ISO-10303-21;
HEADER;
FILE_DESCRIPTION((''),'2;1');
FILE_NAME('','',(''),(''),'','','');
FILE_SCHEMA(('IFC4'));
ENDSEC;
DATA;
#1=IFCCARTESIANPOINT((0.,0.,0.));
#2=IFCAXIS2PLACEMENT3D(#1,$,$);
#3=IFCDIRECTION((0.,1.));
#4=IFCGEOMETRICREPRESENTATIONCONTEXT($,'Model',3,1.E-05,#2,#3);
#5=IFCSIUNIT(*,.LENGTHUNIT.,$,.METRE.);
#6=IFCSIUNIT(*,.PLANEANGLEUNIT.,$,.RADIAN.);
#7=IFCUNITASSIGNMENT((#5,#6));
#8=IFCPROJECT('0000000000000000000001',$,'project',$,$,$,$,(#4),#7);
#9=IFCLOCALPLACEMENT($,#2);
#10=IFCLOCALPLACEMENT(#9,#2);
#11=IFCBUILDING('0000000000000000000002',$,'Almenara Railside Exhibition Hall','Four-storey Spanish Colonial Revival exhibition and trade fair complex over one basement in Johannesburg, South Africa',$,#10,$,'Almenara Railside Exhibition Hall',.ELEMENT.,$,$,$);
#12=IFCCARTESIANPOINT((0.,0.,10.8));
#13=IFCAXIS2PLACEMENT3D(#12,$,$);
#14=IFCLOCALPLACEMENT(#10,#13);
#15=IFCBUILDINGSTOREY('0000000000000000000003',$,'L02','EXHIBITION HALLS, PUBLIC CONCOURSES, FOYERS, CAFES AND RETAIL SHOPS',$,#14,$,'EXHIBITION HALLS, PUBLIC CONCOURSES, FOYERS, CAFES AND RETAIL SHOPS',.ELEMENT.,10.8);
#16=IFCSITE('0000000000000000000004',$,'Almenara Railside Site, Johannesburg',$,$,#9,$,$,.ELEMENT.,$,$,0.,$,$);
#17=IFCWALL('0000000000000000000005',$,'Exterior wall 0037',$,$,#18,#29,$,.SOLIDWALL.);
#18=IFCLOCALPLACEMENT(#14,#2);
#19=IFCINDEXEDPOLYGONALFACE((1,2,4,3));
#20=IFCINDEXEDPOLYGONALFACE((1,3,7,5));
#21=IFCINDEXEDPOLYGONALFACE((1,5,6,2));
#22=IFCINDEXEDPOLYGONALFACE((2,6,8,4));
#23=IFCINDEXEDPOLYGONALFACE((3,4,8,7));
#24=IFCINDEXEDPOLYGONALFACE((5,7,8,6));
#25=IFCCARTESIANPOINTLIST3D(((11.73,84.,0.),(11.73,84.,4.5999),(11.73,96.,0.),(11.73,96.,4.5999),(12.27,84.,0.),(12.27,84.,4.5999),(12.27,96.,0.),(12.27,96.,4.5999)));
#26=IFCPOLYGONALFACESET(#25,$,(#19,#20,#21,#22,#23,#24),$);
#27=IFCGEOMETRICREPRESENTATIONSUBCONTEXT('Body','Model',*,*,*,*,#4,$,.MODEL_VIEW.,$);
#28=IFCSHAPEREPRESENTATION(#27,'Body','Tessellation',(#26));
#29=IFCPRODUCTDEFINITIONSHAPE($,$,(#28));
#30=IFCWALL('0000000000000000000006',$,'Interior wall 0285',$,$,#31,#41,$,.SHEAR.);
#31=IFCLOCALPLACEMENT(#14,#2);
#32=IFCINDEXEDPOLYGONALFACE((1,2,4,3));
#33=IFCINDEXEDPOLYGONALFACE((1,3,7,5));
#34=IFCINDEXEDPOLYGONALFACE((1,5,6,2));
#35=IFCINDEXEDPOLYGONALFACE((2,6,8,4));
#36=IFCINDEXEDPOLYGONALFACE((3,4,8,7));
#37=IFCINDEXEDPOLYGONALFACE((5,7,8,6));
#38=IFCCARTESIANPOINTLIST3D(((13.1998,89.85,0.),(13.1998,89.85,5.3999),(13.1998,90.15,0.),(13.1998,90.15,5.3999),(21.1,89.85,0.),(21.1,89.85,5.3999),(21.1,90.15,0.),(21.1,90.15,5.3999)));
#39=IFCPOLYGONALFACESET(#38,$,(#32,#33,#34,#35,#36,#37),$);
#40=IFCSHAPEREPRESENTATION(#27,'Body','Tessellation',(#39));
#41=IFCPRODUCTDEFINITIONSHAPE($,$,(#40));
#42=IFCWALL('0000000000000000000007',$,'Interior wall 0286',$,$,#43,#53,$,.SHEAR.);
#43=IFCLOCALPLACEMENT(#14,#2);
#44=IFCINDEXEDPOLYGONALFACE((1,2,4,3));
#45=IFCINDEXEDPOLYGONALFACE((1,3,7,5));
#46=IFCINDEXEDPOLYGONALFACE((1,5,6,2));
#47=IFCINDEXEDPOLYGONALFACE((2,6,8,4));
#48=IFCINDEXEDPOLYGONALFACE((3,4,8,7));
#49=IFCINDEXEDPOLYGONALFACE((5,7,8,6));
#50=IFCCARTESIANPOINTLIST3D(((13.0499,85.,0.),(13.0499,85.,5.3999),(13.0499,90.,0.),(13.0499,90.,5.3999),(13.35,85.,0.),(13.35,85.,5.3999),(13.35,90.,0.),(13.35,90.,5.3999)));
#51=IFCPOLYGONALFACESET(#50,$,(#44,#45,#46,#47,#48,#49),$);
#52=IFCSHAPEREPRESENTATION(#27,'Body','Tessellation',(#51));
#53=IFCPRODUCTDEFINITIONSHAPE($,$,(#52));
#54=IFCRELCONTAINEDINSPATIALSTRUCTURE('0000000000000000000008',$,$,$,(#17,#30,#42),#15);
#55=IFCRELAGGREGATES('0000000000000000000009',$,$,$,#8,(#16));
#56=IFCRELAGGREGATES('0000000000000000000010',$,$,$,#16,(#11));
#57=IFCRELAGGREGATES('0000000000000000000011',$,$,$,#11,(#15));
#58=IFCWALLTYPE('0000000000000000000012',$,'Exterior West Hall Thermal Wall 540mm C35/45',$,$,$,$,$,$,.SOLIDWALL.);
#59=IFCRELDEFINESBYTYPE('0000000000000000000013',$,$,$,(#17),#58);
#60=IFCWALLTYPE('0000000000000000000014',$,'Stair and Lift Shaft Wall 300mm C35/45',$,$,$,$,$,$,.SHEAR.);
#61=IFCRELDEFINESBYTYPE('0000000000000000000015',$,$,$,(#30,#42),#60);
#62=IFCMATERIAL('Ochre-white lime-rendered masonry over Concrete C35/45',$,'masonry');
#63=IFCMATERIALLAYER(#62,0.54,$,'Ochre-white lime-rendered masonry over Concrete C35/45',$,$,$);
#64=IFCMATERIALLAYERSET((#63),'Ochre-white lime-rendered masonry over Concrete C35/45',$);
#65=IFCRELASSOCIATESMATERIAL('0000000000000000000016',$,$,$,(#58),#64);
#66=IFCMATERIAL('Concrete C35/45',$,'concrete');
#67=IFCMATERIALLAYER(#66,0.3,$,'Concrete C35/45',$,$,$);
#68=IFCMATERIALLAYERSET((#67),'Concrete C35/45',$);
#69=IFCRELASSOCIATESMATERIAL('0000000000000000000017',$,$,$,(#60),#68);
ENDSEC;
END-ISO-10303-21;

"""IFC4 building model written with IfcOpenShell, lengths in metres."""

from ifc_helpers import new_model, si_unit, direction, frame, frame_2d, origin, place, context, subcontext, project, spatial, rectangle, extrude, material, layer, layer_set, type_object, element, save


model = new_model("IFC4")

# Units and contexts
model_context = context("Model", 3, precision=1e-05, world=origin(), true_north=direction((0.0, 1.0)))
body_context = subcontext(model_context, "Body", "Model", "MODEL_VIEW")
ifc_project = project(units=[si_unit("LENGTHUNIT", "METRE"), si_unit("PLANEANGLEUNIT", "RADIAN")], contexts=[model_context])

# Site, building, storey
site_placement = place(None, origin())
site = spatial("IfcSite", under=ifc_project, at=site_placement, Name="Almenara Railside Site, Johannesburg", CompositionType="ELEMENT", RefElevation=0.0)
building_placement = place(site_placement, origin())
building = spatial("IfcBuilding", under=site, at=building_placement, Name="Almenara Railside Exhibition Hall", Description="Four-storey Spanish Colonial Revival exhibition and trade fair complex over one basement in Johannesburg, South Africa", LongName="Almenara Railside Exhibition Hall", CompositionType="ELEMENT")
storey_placement = place(building_placement, frame((0.0, 0.0, 10.8)))
storey = spatial("IfcBuildingStorey", under=building, at=storey_placement, Name="L02", Description="EXHIBITION HALLS, PUBLIC CONCOURSES, FOYERS, CAFES AND RETAIL SHOPS", LongName="EXHIBITION HALLS, PUBLIC CONCOURSES, FOYERS, CAFES AND RETAIL SHOPS", CompositionType="ELEMENT", Elevation=10.8)

# Walls
ifc_material_1 = material(Name="Ochre-white lime-rendered masonry over Concrete C35/45", Category="masonry")
ifc_layer_1 = layer(ifc_material_1, 0.54, Name="Ochre-white lime-rendered masonry over Concrete C35/45")
ifc_layer_set_1 = layer_set([ifc_layer_1], Name="Ochre-white lime-rendered masonry over Concrete C35/45")
wall_type_1 = type_object("IfcWallType", Name="Exterior West Hall Thermal Wall 540mm C35/45", PredefinedType="SOLIDWALL", material=ifc_layer_set_1)
wall_1_placement = place(storey_placement, frame((12.0, 96.0, 0.0), z_axis=(0.0, 0.0, 1.0), x_axis=(0.0, -1.0, 0.0)))
element("IfcWall", 1, at=wall_1_placement, inside=storey, type_object=wall_type_1, Name="Exterior wall 0037", PredefinedType="SOLIDWALL", context=body_context, shape_type="SweptSolid", body=[
    extrude(rectangle(XDim=12.0, YDim=0.54, at=frame_2d((6.0, 0.0))), origin(), (0.0, 0.0, 1.0), 4.5999),
])
ifc_material_2 = material(Name="Concrete C35/45", Category="concrete")
ifc_layer_2 = layer(ifc_material_2, 0.3, Name="Concrete C35/45")
ifc_layer_set_2 = layer_set([ifc_layer_2], Name="Concrete C35/45")
wall_type_2 = type_object("IfcWallType", Name="Stair and Lift Shaft Wall 300mm C35/45", PredefinedType="SHEAR", material=ifc_layer_set_2)
wall_2_placement = place(storey_placement, frame((21.1001, 90.0, 0.0), z_axis=(0.0, 0.0, 1.0), x_axis=(-1.0, 0.0, 0.0)))
element("IfcWall", 2, at=wall_2_placement, inside=storey, type_object=wall_type_2, Name="Interior wall 0285", PredefinedType="SHEAR", context=body_context, shape_type="SweptSolid", body=[
    extrude(rectangle(XDim=7.9001, YDim=0.3, at=frame_2d((3.9502, 0.0))), origin(), (0.0, 0.0, 1.0), 5.3999),
])
wall_3_placement = place(storey_placement, frame((13.2, 90.0, 0.0), z_axis=(0.0, 0.0, 1.0), x_axis=(0.0, -1.0, 0.0)))
element("IfcWall", 3, at=wall_3_placement, inside=storey, type_object=wall_type_2, Name="Interior wall 0286", PredefinedType="SHEAR", context=body_context, shape_type="SweptSolid", body=[
    extrude(rectangle(XDim=5.0, YDim=0.3, at=frame_2d((2.5, 0.0))), origin(), (0.0, 0.0, 1.0), 5.3999),
])

save(model, "model.ifc")
